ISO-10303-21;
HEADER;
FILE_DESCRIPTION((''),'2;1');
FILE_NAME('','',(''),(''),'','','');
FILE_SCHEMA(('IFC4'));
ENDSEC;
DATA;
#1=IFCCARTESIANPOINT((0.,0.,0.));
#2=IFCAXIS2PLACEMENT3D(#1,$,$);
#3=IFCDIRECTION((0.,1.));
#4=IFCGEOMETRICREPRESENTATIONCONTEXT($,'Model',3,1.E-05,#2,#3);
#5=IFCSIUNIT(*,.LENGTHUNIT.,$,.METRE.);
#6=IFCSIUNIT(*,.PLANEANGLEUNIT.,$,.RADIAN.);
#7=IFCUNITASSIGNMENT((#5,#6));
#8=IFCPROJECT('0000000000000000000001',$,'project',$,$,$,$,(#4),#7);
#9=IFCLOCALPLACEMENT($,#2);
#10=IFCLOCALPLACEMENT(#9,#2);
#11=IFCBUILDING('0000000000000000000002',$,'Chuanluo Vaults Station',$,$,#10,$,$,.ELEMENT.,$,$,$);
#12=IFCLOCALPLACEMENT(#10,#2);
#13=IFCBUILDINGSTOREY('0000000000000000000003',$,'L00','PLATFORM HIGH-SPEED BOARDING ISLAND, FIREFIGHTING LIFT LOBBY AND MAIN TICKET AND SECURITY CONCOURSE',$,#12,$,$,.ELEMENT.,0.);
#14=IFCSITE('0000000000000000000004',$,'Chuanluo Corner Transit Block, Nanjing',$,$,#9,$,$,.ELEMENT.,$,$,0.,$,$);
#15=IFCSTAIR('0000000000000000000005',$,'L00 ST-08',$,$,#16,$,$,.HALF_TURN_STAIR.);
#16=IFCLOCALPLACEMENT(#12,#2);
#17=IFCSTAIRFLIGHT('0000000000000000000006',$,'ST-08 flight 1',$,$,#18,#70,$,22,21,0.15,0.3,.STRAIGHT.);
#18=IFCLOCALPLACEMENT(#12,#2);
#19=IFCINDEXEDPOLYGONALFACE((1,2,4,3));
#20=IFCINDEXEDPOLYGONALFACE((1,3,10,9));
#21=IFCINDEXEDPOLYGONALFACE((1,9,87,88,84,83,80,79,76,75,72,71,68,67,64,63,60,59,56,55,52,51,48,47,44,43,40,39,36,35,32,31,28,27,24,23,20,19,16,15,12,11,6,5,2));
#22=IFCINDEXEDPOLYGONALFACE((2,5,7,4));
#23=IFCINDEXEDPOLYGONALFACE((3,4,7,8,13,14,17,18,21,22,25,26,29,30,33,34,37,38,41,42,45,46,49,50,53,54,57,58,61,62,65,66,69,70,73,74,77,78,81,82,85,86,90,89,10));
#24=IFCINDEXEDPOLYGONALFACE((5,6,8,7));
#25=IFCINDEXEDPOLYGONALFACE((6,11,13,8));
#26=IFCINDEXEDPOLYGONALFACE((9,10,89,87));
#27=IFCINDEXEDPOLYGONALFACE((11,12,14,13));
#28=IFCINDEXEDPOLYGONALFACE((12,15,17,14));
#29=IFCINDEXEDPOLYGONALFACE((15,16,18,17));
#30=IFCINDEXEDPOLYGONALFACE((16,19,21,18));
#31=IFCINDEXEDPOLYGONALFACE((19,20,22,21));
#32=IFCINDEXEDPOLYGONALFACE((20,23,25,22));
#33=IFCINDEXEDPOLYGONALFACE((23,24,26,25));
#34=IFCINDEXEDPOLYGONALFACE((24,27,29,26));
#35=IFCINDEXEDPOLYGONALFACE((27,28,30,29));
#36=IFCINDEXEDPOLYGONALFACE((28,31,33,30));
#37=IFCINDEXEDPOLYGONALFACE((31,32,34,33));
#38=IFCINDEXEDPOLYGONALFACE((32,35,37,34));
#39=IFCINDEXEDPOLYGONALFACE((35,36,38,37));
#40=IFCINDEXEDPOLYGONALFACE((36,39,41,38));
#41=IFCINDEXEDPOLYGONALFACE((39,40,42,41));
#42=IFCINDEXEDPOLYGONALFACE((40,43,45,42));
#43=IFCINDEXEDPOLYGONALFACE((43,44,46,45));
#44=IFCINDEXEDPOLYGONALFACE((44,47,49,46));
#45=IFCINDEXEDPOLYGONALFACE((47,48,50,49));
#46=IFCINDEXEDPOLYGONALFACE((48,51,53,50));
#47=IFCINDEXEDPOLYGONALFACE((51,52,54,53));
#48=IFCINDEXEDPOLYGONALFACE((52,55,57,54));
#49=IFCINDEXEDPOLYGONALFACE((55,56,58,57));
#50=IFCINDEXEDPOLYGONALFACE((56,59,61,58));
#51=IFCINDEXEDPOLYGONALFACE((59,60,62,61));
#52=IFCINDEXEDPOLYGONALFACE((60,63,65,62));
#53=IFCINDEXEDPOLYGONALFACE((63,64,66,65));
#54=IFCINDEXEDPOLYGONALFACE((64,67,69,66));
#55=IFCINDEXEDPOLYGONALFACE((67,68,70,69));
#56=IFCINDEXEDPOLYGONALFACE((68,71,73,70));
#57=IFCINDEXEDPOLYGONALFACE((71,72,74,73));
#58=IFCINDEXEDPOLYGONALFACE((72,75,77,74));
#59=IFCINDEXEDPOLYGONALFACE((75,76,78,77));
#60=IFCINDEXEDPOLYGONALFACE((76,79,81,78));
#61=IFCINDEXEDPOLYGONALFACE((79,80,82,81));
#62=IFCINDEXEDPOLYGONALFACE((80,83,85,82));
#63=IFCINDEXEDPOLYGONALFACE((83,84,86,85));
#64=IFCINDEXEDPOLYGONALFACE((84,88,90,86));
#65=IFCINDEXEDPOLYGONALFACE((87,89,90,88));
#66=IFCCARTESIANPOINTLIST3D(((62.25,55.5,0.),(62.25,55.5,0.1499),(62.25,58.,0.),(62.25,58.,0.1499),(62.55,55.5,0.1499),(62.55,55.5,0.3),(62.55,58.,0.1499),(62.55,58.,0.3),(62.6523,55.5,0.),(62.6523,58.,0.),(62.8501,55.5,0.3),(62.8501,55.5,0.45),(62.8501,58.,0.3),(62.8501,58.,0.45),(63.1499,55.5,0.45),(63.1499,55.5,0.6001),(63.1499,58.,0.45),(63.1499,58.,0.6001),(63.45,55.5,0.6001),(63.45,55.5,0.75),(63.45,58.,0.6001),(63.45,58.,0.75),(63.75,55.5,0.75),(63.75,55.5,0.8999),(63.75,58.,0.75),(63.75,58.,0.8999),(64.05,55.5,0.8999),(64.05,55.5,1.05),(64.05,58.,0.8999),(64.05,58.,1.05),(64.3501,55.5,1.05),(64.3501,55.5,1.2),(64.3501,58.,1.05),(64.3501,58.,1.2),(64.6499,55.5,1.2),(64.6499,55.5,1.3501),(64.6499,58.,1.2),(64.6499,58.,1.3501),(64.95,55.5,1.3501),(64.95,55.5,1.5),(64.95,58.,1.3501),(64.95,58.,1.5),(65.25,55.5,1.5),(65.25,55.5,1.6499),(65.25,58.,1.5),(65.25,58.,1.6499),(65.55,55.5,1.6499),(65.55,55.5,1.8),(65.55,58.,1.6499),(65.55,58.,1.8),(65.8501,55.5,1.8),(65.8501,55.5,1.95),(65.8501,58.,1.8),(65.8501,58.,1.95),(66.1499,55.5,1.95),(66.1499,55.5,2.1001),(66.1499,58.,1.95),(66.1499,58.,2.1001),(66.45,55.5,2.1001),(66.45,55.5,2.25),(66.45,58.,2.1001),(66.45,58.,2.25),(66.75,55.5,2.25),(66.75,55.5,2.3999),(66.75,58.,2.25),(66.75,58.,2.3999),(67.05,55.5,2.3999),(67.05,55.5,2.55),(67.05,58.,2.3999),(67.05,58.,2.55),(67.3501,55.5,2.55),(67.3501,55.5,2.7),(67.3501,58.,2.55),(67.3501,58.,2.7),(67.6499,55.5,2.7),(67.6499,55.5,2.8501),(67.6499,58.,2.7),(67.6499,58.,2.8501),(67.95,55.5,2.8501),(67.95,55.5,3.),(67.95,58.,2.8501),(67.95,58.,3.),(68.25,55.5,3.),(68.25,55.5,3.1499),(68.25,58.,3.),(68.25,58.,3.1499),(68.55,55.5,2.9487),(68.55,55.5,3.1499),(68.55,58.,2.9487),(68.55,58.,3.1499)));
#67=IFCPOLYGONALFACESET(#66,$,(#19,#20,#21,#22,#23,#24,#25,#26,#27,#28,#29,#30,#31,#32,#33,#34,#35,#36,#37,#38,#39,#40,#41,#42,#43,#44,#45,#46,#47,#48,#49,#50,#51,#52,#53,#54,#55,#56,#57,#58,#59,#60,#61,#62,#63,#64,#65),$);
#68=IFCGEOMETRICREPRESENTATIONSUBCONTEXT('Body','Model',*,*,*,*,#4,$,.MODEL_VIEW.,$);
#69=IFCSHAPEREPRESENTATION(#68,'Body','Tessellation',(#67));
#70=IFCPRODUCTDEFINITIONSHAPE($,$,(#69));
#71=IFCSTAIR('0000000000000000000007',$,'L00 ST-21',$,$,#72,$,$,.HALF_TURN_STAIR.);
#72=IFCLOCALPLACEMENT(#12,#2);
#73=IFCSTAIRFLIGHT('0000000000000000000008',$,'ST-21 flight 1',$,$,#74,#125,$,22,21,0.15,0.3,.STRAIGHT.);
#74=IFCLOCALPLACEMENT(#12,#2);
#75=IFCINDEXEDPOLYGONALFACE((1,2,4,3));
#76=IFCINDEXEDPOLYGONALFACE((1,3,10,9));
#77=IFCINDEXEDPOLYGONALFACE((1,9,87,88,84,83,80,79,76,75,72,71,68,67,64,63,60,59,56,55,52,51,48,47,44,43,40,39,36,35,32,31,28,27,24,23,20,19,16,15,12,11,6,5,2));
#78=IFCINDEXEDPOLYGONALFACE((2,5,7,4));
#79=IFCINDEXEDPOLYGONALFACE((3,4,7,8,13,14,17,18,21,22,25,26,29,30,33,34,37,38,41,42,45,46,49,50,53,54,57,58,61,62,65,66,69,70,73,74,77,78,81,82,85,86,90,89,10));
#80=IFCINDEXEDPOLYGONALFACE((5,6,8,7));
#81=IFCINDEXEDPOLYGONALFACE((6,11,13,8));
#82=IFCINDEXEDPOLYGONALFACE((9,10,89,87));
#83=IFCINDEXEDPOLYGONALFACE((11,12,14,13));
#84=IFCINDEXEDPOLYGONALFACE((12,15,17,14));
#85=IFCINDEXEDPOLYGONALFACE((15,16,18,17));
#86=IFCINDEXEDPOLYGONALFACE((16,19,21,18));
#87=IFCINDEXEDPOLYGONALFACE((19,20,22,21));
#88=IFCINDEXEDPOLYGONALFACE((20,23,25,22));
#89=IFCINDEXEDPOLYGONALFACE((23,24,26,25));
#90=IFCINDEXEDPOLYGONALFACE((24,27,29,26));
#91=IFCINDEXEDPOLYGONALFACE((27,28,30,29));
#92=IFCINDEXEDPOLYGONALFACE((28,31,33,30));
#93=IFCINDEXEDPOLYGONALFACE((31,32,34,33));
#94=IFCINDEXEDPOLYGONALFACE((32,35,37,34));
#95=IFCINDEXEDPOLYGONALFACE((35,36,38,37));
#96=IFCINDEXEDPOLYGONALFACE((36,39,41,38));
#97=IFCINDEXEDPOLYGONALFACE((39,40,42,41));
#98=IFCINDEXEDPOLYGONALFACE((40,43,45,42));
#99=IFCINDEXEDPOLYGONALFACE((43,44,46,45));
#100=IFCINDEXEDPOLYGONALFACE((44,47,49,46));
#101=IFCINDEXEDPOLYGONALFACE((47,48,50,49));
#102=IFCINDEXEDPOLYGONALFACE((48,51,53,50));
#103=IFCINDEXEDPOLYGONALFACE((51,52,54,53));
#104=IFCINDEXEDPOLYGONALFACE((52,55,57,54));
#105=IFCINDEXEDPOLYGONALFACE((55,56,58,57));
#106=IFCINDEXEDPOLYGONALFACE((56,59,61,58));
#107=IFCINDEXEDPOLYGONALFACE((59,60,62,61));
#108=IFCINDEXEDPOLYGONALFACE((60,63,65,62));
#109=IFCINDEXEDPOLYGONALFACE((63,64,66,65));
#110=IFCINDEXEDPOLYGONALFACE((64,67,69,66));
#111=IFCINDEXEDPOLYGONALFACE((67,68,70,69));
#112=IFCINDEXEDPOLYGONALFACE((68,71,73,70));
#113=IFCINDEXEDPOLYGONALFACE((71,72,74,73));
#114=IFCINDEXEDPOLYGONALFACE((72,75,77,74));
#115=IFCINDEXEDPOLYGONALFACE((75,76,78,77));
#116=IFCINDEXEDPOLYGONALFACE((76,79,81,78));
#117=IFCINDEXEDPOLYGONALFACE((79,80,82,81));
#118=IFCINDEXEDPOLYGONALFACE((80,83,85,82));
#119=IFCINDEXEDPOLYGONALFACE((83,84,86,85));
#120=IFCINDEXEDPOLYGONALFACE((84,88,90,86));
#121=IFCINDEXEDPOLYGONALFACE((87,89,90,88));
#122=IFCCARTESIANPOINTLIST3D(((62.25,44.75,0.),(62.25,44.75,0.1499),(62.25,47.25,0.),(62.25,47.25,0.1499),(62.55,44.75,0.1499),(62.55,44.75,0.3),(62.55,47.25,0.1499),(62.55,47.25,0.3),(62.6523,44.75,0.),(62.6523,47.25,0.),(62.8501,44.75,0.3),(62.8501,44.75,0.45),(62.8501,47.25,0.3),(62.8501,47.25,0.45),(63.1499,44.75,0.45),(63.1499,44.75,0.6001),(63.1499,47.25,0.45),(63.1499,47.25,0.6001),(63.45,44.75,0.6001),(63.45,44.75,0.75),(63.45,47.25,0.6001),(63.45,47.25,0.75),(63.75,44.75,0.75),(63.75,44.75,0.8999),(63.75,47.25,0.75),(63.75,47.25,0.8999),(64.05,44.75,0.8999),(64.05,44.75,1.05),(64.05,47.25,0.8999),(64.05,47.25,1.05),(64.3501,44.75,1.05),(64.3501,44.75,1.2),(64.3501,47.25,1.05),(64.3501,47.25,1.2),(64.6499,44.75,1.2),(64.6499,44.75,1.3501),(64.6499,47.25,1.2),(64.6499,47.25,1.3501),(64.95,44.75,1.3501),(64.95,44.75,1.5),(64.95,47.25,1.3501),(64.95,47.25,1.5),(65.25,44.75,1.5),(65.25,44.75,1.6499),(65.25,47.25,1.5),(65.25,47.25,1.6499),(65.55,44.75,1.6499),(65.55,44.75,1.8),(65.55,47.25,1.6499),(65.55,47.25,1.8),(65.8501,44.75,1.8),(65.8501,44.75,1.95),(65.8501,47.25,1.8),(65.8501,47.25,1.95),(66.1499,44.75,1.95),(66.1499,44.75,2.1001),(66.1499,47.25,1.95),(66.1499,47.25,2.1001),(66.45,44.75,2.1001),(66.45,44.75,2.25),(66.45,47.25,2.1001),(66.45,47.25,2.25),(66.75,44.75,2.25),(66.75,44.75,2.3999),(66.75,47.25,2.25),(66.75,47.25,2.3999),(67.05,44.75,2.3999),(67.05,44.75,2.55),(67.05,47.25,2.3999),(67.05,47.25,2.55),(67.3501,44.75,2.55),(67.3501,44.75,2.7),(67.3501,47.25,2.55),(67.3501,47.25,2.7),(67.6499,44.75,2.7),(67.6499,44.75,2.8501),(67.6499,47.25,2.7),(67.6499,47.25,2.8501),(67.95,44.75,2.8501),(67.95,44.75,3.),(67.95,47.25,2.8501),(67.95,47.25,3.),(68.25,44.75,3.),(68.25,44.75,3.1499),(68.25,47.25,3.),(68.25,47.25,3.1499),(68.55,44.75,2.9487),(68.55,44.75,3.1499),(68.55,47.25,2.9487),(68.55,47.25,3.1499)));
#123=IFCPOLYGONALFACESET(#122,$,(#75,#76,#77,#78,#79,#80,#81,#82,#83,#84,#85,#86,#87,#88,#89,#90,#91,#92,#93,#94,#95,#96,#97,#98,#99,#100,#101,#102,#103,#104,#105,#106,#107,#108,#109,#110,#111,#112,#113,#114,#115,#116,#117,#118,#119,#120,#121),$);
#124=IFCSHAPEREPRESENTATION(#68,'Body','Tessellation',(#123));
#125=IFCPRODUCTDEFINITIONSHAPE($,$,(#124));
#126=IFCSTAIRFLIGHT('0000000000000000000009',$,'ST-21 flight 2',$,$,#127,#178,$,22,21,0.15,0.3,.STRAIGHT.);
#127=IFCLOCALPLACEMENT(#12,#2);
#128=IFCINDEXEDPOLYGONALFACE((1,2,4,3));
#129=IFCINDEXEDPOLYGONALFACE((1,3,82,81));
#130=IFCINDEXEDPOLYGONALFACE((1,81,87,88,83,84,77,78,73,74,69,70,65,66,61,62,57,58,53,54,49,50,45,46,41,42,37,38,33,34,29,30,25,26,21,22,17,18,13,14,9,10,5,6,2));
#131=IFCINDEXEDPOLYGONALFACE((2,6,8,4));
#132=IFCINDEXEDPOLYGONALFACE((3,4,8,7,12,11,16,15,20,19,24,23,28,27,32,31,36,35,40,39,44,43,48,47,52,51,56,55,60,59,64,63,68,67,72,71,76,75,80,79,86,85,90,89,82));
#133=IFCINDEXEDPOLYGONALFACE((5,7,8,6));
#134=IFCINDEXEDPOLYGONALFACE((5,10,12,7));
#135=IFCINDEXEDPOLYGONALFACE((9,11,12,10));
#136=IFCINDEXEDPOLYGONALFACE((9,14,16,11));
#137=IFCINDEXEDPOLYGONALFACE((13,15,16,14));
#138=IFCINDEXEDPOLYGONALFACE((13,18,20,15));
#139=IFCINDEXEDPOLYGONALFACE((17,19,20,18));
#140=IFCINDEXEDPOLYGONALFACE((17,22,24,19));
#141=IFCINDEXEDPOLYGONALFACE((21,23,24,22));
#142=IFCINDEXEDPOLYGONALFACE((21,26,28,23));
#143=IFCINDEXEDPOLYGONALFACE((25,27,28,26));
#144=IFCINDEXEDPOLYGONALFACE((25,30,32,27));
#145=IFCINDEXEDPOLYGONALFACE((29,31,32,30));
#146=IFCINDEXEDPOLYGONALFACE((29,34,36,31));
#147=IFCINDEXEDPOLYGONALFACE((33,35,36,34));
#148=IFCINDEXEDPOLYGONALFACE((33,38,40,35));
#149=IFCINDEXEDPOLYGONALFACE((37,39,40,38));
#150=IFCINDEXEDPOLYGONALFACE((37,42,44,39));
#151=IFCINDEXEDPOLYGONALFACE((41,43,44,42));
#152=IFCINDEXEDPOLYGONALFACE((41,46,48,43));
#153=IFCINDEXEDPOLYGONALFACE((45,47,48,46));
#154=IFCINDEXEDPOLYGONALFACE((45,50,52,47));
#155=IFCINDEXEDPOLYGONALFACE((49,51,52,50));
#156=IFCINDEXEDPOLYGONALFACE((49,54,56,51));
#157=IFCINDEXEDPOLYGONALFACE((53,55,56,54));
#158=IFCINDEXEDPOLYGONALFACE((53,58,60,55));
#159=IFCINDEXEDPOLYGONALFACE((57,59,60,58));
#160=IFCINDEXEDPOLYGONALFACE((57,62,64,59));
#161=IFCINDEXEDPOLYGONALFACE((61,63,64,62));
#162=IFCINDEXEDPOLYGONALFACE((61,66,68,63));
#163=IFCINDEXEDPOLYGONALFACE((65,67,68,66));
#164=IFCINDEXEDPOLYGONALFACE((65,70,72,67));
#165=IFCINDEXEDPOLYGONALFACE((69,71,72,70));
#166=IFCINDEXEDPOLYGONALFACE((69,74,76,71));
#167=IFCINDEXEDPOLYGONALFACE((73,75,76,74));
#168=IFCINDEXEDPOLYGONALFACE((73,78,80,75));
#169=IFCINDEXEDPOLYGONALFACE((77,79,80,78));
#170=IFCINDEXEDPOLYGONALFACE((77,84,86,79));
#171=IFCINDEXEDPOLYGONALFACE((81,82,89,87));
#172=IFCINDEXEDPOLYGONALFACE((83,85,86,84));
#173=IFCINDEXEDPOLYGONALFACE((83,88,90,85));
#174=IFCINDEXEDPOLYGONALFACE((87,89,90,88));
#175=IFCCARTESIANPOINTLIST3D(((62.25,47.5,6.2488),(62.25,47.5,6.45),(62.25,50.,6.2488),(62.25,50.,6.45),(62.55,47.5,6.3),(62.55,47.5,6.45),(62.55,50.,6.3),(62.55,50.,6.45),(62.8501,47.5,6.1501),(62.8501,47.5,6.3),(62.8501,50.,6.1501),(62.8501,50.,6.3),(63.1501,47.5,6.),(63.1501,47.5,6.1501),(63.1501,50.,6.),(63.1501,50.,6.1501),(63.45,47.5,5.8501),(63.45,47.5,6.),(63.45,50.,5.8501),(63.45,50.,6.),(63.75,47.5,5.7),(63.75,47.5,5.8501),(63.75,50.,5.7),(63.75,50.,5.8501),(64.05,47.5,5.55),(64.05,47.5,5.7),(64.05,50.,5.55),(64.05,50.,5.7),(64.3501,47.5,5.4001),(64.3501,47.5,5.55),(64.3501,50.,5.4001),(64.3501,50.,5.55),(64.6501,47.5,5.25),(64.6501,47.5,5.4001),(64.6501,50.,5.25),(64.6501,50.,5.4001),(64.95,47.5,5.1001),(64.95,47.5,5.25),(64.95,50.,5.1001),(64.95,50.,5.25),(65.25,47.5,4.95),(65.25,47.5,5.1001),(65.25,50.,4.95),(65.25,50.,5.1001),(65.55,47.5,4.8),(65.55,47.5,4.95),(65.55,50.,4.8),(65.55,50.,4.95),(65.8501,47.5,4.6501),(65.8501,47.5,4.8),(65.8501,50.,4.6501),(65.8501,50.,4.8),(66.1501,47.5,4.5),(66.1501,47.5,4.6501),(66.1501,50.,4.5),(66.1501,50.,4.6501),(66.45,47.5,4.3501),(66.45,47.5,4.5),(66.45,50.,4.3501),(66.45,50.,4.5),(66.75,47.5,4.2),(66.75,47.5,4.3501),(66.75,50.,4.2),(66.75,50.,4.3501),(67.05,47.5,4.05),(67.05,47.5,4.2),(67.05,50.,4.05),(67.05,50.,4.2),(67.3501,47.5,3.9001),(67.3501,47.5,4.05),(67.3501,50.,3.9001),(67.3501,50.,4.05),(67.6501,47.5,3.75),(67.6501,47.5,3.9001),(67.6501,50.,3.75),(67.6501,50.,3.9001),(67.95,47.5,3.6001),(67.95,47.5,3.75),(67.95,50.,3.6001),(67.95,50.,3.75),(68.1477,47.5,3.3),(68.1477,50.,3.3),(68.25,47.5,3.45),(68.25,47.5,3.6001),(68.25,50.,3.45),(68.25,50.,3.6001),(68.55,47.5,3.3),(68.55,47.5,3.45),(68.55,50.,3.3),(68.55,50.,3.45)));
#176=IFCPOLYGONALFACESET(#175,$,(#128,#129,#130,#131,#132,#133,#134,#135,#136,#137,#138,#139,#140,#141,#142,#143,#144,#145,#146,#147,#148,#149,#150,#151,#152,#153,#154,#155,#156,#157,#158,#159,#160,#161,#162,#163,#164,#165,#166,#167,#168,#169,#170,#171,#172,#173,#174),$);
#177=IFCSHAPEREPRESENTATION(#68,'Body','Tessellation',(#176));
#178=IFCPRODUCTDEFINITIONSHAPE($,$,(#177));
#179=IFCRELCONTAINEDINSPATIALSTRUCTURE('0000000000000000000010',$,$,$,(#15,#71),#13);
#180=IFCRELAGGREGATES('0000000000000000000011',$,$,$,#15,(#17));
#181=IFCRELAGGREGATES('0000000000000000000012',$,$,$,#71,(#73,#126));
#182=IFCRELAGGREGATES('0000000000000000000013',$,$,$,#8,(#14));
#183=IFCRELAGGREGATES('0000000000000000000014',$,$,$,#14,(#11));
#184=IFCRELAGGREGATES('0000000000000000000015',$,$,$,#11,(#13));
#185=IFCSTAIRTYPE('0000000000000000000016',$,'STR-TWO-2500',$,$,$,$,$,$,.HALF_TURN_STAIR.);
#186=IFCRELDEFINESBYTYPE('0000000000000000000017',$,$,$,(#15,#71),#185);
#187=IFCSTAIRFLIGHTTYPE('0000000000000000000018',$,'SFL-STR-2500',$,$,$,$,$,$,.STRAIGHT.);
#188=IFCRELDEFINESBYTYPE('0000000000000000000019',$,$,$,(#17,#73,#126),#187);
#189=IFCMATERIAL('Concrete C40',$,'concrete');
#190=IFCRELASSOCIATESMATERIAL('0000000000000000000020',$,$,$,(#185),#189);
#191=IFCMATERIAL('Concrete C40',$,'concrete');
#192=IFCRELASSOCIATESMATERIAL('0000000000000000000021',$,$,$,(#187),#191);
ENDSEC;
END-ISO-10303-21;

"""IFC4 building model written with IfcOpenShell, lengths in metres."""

from ifc_helpers import new_model, si_unit, direction, frame, origin, place, context, subcontext, project, spatial, polyline, outline, extrude, material, type_object, element, aggregate, save


model = new_model("IFC4")

# Units and contexts
model_context = context("Model", 3, precision=1e-05, world=origin(), true_north=direction((0.0, 1.0)))
body_context = subcontext(model_context, "Body", "Model", "MODEL_VIEW")
ifc_project = project(units=[si_unit("LENGTHUNIT", "METRE"), si_unit("PLANEANGLEUNIT", "RADIAN")], contexts=[model_context])

# Site, building, storey
site_placement = place(None, origin())
site = spatial("IfcSite", under=ifc_project, at=site_placement, Name="Chuanluo Corner Transit Block, Nanjing", CompositionType="ELEMENT", RefElevation=0.0)
building_placement = place(site_placement, origin())
building = spatial("IfcBuilding", under=site, at=building_placement, Name="Chuanluo Vaults Station", CompositionType="ELEMENT")
storey_placement = place(building_placement, origin())
storey = spatial("IfcBuildingStorey", under=building, at=storey_placement, Name="L00", Description="PLATFORM HIGH-SPEED BOARDING ISLAND, FIREFIGHTING LIFT LOBBY AND MAIN TICKET AND SECURITY CONCOURSE", CompositionType="ELEMENT", Elevation=0.0)

# Stair, stair flight
ifc_material_1 = material(Name="Concrete C40", Category="concrete")
stair_type = type_object("IfcStairType", Name="STR-TWO-2500", PredefinedType="HALF_TURN_STAIR", material=ifc_material_1)
stair_1_placement = place(storey_placement, origin())
stair_1 = element("IfcStair", 1, at=stair_1_placement, inside=storey, type_object=stair_type, Name="L00 ST-08", PredefinedType="HALF_TURN_STAIR")
ifc_material_2 = material(Name="Concrete C40", Category="concrete")
stair_flight_type = type_object("IfcStairFlightType", Name="SFL-STR-2500", PredefinedType="STRAIGHT", material=ifc_material_2)
stair_flight_1_placement = place(storey_placement, frame((62.25, 56.75, 0.0), z_axis=(0.0, 0.0, 1.0), x_axis=(1.0, 0.0, 0.0)))
stair_flight_1 = element("IfcStairFlight", 2, at=stair_flight_1_placement, type_object=stair_flight_type, Name="ST-08 flight 1", NumberOfRisers=22, NumberOfTreads=21, PredefinedType="STRAIGHT", RiserHeight=0.15, TreadLength=0.3, context=body_context, shape_type="SweptSolid", body=[
    extrude(outline(polyline([(0.0, 0.0), (0.0, 0.1499), (0.3, 0.1499), (0.3, 0.3), (0.6001, 0.3), (0.6001, 0.45), (0.8999, 0.45), (0.8999, 0.6001), (1.2, 0.6001), (1.2, 0.75), (1.5, 0.75), (1.5, 0.8999), (1.8, 0.8999), (1.8, 1.05), (2.1001, 1.05), (2.1001, 1.2), (2.3999, 1.2), (2.3999, 1.3501), (2.7, 1.3501), (2.7, 1.5), (3.0, 1.5), (3.0, 1.6499), (3.3, 1.6499), (3.3, 1.8), (3.6001, 1.8), (3.6001, 1.95), (3.8999, 1.95), (3.8999, 2.1001), (4.2, 2.1001), (4.2, 2.25), (4.5, 2.25), (4.5, 2.3999), (4.8, 2.3999), (4.8, 2.55), (5.1001, 2.55), (5.1001, 2.7), (5.3999, 2.7), (5.3999, 2.8501), (5.7, 2.8501), (5.7, 3.0), (6.0, 3.0), (6.0, 3.1499), (6.3, 3.1499), (6.3, 3.3), (6.3, 2.9487), (0.4023, 0.0), (0.0, 0.0)])), frame((0.0, 1.25, 0.0), z_axis=(0.0, -1.0, 0.0), x_axis=(1.0, 0.0, 0.0)), (0.0, 0.0, 1.0), 2.5),
])
aggregate(stair_1, [stair_flight_1])

# Stair, stair flights
stair_2_placement = place(storey_placement, origin())
stair_2 = element("IfcStair", 3, at=stair_2_placement, inside=storey, type_object=stair_type, Name="L00 ST-21", PredefinedType="HALF_TURN_STAIR")
stair_flight_2_placement = place(storey_placement, frame((62.25, 46.0, 0.0), z_axis=(0.0, 0.0, 1.0), x_axis=(1.0, 0.0, 0.0)))
stair_flight_2 = element("IfcStairFlight", 4, at=stair_flight_2_placement, type_object=stair_flight_type, Name="ST-21 flight 1", NumberOfRisers=22, NumberOfTreads=21, PredefinedType="STRAIGHT", RiserHeight=0.15, TreadLength=0.3, context=body_context, shape_type="SweptSolid", body=[
    extrude(outline(polyline([(0.0, 0.0), (0.0, 0.1499), (0.3, 0.1499), (0.3, 0.3), (0.6001, 0.3), (0.6001, 0.45), (0.8999, 0.45), (0.8999, 0.6001), (1.2, 0.6001), (1.2, 0.75), (1.5, 0.75), (1.5, 0.8999), (1.8, 0.8999), (1.8, 1.05), (2.1001, 1.05), (2.1001, 1.2), (2.3999, 1.2), (2.3999, 1.3501), (2.7, 1.3501), (2.7, 1.5), (3.0, 1.5), (3.0, 1.6499), (3.3, 1.6499), (3.3, 1.8), (3.6001, 1.8), (3.6001, 1.95), (3.8999, 1.95), (3.8999, 2.1001), (4.2, 2.1001), (4.2, 2.25), (4.5, 2.25), (4.5, 2.3999), (4.8, 2.3999), (4.8, 2.55), (5.1001, 2.55), (5.1001, 2.7), (5.3999, 2.7), (5.3999, 2.8501), (5.7, 2.8501), (5.7, 3.0), (6.0, 3.0), (6.0, 3.1499), (6.3, 3.1499), (6.3, 3.3), (6.3, 2.9487), (0.4023, 0.0), (0.0, 0.0)])), frame((0.0, 1.25, 0.0), z_axis=(0.0, -1.0, 0.0), x_axis=(1.0, 0.0, 0.0)), (0.0, 0.0, 1.0), 2.5),
])
stair_flight_3_placement = place(storey_placement, frame((68.55, 48.75, 3.3), z_axis=(0.0, 0.0, 1.0), x_axis=(-1.0, 0.0, 0.0)))
stair_flight_3 = element("IfcStairFlight", 5, at=stair_flight_3_placement, type_object=stair_flight_type, Name="ST-21 flight 2", NumberOfRisers=22, NumberOfTreads=21, PredefinedType="STRAIGHT", RiserHeight=0.15, TreadLength=0.3, context=body_context, shape_type="SweptSolid", body=[
    extrude(outline(polyline([(0.0, 0.0), (0.0, 0.1499), (0.3, 0.1499), (0.3, 0.3), (0.6001, 0.3), (0.6001, 0.45), (0.8999, 0.45), (0.8999, 0.6001), (1.2, 0.6001), (1.2, 0.75), (1.5, 0.75), (1.5, 0.8999), (1.8, 0.8999), (1.8, 1.05), (2.1001, 1.05), (2.1001, 1.2), (2.3999, 1.2), (2.3999, 1.3501), (2.7, 1.3501), (2.7, 1.5), (3.0, 1.5), (3.0, 1.6499), (3.3, 1.6499), (3.3, 1.8), (3.6001, 1.8), (3.6001, 1.95), (3.8999, 1.95), (3.8999, 2.1001), (4.2, 2.1001), (4.2, 2.25), (4.5, 2.25), (4.5, 2.3999), (4.8, 2.3999), (4.8, 2.55), (5.1001, 2.55), (5.1001, 2.7), (5.3999, 2.7), (5.3999, 2.8501), (5.7, 2.8501), (5.7, 3.0), (6.0, 3.0), (6.0, 3.1499), (6.3, 3.1499), (6.3, 3.3), (6.3, 2.9487), (0.4023, 0.0), (0.0, 0.0)])), frame((0.0, 1.25, 0.0), z_axis=(0.0, -1.0, 0.0), x_axis=(1.0, 0.0, 0.0)), (0.0, 0.0, 1.0), 2.5),
])
aggregate(stair_2, [stair_flight_2, stair_flight_3])

save(model, "model.ifc")
